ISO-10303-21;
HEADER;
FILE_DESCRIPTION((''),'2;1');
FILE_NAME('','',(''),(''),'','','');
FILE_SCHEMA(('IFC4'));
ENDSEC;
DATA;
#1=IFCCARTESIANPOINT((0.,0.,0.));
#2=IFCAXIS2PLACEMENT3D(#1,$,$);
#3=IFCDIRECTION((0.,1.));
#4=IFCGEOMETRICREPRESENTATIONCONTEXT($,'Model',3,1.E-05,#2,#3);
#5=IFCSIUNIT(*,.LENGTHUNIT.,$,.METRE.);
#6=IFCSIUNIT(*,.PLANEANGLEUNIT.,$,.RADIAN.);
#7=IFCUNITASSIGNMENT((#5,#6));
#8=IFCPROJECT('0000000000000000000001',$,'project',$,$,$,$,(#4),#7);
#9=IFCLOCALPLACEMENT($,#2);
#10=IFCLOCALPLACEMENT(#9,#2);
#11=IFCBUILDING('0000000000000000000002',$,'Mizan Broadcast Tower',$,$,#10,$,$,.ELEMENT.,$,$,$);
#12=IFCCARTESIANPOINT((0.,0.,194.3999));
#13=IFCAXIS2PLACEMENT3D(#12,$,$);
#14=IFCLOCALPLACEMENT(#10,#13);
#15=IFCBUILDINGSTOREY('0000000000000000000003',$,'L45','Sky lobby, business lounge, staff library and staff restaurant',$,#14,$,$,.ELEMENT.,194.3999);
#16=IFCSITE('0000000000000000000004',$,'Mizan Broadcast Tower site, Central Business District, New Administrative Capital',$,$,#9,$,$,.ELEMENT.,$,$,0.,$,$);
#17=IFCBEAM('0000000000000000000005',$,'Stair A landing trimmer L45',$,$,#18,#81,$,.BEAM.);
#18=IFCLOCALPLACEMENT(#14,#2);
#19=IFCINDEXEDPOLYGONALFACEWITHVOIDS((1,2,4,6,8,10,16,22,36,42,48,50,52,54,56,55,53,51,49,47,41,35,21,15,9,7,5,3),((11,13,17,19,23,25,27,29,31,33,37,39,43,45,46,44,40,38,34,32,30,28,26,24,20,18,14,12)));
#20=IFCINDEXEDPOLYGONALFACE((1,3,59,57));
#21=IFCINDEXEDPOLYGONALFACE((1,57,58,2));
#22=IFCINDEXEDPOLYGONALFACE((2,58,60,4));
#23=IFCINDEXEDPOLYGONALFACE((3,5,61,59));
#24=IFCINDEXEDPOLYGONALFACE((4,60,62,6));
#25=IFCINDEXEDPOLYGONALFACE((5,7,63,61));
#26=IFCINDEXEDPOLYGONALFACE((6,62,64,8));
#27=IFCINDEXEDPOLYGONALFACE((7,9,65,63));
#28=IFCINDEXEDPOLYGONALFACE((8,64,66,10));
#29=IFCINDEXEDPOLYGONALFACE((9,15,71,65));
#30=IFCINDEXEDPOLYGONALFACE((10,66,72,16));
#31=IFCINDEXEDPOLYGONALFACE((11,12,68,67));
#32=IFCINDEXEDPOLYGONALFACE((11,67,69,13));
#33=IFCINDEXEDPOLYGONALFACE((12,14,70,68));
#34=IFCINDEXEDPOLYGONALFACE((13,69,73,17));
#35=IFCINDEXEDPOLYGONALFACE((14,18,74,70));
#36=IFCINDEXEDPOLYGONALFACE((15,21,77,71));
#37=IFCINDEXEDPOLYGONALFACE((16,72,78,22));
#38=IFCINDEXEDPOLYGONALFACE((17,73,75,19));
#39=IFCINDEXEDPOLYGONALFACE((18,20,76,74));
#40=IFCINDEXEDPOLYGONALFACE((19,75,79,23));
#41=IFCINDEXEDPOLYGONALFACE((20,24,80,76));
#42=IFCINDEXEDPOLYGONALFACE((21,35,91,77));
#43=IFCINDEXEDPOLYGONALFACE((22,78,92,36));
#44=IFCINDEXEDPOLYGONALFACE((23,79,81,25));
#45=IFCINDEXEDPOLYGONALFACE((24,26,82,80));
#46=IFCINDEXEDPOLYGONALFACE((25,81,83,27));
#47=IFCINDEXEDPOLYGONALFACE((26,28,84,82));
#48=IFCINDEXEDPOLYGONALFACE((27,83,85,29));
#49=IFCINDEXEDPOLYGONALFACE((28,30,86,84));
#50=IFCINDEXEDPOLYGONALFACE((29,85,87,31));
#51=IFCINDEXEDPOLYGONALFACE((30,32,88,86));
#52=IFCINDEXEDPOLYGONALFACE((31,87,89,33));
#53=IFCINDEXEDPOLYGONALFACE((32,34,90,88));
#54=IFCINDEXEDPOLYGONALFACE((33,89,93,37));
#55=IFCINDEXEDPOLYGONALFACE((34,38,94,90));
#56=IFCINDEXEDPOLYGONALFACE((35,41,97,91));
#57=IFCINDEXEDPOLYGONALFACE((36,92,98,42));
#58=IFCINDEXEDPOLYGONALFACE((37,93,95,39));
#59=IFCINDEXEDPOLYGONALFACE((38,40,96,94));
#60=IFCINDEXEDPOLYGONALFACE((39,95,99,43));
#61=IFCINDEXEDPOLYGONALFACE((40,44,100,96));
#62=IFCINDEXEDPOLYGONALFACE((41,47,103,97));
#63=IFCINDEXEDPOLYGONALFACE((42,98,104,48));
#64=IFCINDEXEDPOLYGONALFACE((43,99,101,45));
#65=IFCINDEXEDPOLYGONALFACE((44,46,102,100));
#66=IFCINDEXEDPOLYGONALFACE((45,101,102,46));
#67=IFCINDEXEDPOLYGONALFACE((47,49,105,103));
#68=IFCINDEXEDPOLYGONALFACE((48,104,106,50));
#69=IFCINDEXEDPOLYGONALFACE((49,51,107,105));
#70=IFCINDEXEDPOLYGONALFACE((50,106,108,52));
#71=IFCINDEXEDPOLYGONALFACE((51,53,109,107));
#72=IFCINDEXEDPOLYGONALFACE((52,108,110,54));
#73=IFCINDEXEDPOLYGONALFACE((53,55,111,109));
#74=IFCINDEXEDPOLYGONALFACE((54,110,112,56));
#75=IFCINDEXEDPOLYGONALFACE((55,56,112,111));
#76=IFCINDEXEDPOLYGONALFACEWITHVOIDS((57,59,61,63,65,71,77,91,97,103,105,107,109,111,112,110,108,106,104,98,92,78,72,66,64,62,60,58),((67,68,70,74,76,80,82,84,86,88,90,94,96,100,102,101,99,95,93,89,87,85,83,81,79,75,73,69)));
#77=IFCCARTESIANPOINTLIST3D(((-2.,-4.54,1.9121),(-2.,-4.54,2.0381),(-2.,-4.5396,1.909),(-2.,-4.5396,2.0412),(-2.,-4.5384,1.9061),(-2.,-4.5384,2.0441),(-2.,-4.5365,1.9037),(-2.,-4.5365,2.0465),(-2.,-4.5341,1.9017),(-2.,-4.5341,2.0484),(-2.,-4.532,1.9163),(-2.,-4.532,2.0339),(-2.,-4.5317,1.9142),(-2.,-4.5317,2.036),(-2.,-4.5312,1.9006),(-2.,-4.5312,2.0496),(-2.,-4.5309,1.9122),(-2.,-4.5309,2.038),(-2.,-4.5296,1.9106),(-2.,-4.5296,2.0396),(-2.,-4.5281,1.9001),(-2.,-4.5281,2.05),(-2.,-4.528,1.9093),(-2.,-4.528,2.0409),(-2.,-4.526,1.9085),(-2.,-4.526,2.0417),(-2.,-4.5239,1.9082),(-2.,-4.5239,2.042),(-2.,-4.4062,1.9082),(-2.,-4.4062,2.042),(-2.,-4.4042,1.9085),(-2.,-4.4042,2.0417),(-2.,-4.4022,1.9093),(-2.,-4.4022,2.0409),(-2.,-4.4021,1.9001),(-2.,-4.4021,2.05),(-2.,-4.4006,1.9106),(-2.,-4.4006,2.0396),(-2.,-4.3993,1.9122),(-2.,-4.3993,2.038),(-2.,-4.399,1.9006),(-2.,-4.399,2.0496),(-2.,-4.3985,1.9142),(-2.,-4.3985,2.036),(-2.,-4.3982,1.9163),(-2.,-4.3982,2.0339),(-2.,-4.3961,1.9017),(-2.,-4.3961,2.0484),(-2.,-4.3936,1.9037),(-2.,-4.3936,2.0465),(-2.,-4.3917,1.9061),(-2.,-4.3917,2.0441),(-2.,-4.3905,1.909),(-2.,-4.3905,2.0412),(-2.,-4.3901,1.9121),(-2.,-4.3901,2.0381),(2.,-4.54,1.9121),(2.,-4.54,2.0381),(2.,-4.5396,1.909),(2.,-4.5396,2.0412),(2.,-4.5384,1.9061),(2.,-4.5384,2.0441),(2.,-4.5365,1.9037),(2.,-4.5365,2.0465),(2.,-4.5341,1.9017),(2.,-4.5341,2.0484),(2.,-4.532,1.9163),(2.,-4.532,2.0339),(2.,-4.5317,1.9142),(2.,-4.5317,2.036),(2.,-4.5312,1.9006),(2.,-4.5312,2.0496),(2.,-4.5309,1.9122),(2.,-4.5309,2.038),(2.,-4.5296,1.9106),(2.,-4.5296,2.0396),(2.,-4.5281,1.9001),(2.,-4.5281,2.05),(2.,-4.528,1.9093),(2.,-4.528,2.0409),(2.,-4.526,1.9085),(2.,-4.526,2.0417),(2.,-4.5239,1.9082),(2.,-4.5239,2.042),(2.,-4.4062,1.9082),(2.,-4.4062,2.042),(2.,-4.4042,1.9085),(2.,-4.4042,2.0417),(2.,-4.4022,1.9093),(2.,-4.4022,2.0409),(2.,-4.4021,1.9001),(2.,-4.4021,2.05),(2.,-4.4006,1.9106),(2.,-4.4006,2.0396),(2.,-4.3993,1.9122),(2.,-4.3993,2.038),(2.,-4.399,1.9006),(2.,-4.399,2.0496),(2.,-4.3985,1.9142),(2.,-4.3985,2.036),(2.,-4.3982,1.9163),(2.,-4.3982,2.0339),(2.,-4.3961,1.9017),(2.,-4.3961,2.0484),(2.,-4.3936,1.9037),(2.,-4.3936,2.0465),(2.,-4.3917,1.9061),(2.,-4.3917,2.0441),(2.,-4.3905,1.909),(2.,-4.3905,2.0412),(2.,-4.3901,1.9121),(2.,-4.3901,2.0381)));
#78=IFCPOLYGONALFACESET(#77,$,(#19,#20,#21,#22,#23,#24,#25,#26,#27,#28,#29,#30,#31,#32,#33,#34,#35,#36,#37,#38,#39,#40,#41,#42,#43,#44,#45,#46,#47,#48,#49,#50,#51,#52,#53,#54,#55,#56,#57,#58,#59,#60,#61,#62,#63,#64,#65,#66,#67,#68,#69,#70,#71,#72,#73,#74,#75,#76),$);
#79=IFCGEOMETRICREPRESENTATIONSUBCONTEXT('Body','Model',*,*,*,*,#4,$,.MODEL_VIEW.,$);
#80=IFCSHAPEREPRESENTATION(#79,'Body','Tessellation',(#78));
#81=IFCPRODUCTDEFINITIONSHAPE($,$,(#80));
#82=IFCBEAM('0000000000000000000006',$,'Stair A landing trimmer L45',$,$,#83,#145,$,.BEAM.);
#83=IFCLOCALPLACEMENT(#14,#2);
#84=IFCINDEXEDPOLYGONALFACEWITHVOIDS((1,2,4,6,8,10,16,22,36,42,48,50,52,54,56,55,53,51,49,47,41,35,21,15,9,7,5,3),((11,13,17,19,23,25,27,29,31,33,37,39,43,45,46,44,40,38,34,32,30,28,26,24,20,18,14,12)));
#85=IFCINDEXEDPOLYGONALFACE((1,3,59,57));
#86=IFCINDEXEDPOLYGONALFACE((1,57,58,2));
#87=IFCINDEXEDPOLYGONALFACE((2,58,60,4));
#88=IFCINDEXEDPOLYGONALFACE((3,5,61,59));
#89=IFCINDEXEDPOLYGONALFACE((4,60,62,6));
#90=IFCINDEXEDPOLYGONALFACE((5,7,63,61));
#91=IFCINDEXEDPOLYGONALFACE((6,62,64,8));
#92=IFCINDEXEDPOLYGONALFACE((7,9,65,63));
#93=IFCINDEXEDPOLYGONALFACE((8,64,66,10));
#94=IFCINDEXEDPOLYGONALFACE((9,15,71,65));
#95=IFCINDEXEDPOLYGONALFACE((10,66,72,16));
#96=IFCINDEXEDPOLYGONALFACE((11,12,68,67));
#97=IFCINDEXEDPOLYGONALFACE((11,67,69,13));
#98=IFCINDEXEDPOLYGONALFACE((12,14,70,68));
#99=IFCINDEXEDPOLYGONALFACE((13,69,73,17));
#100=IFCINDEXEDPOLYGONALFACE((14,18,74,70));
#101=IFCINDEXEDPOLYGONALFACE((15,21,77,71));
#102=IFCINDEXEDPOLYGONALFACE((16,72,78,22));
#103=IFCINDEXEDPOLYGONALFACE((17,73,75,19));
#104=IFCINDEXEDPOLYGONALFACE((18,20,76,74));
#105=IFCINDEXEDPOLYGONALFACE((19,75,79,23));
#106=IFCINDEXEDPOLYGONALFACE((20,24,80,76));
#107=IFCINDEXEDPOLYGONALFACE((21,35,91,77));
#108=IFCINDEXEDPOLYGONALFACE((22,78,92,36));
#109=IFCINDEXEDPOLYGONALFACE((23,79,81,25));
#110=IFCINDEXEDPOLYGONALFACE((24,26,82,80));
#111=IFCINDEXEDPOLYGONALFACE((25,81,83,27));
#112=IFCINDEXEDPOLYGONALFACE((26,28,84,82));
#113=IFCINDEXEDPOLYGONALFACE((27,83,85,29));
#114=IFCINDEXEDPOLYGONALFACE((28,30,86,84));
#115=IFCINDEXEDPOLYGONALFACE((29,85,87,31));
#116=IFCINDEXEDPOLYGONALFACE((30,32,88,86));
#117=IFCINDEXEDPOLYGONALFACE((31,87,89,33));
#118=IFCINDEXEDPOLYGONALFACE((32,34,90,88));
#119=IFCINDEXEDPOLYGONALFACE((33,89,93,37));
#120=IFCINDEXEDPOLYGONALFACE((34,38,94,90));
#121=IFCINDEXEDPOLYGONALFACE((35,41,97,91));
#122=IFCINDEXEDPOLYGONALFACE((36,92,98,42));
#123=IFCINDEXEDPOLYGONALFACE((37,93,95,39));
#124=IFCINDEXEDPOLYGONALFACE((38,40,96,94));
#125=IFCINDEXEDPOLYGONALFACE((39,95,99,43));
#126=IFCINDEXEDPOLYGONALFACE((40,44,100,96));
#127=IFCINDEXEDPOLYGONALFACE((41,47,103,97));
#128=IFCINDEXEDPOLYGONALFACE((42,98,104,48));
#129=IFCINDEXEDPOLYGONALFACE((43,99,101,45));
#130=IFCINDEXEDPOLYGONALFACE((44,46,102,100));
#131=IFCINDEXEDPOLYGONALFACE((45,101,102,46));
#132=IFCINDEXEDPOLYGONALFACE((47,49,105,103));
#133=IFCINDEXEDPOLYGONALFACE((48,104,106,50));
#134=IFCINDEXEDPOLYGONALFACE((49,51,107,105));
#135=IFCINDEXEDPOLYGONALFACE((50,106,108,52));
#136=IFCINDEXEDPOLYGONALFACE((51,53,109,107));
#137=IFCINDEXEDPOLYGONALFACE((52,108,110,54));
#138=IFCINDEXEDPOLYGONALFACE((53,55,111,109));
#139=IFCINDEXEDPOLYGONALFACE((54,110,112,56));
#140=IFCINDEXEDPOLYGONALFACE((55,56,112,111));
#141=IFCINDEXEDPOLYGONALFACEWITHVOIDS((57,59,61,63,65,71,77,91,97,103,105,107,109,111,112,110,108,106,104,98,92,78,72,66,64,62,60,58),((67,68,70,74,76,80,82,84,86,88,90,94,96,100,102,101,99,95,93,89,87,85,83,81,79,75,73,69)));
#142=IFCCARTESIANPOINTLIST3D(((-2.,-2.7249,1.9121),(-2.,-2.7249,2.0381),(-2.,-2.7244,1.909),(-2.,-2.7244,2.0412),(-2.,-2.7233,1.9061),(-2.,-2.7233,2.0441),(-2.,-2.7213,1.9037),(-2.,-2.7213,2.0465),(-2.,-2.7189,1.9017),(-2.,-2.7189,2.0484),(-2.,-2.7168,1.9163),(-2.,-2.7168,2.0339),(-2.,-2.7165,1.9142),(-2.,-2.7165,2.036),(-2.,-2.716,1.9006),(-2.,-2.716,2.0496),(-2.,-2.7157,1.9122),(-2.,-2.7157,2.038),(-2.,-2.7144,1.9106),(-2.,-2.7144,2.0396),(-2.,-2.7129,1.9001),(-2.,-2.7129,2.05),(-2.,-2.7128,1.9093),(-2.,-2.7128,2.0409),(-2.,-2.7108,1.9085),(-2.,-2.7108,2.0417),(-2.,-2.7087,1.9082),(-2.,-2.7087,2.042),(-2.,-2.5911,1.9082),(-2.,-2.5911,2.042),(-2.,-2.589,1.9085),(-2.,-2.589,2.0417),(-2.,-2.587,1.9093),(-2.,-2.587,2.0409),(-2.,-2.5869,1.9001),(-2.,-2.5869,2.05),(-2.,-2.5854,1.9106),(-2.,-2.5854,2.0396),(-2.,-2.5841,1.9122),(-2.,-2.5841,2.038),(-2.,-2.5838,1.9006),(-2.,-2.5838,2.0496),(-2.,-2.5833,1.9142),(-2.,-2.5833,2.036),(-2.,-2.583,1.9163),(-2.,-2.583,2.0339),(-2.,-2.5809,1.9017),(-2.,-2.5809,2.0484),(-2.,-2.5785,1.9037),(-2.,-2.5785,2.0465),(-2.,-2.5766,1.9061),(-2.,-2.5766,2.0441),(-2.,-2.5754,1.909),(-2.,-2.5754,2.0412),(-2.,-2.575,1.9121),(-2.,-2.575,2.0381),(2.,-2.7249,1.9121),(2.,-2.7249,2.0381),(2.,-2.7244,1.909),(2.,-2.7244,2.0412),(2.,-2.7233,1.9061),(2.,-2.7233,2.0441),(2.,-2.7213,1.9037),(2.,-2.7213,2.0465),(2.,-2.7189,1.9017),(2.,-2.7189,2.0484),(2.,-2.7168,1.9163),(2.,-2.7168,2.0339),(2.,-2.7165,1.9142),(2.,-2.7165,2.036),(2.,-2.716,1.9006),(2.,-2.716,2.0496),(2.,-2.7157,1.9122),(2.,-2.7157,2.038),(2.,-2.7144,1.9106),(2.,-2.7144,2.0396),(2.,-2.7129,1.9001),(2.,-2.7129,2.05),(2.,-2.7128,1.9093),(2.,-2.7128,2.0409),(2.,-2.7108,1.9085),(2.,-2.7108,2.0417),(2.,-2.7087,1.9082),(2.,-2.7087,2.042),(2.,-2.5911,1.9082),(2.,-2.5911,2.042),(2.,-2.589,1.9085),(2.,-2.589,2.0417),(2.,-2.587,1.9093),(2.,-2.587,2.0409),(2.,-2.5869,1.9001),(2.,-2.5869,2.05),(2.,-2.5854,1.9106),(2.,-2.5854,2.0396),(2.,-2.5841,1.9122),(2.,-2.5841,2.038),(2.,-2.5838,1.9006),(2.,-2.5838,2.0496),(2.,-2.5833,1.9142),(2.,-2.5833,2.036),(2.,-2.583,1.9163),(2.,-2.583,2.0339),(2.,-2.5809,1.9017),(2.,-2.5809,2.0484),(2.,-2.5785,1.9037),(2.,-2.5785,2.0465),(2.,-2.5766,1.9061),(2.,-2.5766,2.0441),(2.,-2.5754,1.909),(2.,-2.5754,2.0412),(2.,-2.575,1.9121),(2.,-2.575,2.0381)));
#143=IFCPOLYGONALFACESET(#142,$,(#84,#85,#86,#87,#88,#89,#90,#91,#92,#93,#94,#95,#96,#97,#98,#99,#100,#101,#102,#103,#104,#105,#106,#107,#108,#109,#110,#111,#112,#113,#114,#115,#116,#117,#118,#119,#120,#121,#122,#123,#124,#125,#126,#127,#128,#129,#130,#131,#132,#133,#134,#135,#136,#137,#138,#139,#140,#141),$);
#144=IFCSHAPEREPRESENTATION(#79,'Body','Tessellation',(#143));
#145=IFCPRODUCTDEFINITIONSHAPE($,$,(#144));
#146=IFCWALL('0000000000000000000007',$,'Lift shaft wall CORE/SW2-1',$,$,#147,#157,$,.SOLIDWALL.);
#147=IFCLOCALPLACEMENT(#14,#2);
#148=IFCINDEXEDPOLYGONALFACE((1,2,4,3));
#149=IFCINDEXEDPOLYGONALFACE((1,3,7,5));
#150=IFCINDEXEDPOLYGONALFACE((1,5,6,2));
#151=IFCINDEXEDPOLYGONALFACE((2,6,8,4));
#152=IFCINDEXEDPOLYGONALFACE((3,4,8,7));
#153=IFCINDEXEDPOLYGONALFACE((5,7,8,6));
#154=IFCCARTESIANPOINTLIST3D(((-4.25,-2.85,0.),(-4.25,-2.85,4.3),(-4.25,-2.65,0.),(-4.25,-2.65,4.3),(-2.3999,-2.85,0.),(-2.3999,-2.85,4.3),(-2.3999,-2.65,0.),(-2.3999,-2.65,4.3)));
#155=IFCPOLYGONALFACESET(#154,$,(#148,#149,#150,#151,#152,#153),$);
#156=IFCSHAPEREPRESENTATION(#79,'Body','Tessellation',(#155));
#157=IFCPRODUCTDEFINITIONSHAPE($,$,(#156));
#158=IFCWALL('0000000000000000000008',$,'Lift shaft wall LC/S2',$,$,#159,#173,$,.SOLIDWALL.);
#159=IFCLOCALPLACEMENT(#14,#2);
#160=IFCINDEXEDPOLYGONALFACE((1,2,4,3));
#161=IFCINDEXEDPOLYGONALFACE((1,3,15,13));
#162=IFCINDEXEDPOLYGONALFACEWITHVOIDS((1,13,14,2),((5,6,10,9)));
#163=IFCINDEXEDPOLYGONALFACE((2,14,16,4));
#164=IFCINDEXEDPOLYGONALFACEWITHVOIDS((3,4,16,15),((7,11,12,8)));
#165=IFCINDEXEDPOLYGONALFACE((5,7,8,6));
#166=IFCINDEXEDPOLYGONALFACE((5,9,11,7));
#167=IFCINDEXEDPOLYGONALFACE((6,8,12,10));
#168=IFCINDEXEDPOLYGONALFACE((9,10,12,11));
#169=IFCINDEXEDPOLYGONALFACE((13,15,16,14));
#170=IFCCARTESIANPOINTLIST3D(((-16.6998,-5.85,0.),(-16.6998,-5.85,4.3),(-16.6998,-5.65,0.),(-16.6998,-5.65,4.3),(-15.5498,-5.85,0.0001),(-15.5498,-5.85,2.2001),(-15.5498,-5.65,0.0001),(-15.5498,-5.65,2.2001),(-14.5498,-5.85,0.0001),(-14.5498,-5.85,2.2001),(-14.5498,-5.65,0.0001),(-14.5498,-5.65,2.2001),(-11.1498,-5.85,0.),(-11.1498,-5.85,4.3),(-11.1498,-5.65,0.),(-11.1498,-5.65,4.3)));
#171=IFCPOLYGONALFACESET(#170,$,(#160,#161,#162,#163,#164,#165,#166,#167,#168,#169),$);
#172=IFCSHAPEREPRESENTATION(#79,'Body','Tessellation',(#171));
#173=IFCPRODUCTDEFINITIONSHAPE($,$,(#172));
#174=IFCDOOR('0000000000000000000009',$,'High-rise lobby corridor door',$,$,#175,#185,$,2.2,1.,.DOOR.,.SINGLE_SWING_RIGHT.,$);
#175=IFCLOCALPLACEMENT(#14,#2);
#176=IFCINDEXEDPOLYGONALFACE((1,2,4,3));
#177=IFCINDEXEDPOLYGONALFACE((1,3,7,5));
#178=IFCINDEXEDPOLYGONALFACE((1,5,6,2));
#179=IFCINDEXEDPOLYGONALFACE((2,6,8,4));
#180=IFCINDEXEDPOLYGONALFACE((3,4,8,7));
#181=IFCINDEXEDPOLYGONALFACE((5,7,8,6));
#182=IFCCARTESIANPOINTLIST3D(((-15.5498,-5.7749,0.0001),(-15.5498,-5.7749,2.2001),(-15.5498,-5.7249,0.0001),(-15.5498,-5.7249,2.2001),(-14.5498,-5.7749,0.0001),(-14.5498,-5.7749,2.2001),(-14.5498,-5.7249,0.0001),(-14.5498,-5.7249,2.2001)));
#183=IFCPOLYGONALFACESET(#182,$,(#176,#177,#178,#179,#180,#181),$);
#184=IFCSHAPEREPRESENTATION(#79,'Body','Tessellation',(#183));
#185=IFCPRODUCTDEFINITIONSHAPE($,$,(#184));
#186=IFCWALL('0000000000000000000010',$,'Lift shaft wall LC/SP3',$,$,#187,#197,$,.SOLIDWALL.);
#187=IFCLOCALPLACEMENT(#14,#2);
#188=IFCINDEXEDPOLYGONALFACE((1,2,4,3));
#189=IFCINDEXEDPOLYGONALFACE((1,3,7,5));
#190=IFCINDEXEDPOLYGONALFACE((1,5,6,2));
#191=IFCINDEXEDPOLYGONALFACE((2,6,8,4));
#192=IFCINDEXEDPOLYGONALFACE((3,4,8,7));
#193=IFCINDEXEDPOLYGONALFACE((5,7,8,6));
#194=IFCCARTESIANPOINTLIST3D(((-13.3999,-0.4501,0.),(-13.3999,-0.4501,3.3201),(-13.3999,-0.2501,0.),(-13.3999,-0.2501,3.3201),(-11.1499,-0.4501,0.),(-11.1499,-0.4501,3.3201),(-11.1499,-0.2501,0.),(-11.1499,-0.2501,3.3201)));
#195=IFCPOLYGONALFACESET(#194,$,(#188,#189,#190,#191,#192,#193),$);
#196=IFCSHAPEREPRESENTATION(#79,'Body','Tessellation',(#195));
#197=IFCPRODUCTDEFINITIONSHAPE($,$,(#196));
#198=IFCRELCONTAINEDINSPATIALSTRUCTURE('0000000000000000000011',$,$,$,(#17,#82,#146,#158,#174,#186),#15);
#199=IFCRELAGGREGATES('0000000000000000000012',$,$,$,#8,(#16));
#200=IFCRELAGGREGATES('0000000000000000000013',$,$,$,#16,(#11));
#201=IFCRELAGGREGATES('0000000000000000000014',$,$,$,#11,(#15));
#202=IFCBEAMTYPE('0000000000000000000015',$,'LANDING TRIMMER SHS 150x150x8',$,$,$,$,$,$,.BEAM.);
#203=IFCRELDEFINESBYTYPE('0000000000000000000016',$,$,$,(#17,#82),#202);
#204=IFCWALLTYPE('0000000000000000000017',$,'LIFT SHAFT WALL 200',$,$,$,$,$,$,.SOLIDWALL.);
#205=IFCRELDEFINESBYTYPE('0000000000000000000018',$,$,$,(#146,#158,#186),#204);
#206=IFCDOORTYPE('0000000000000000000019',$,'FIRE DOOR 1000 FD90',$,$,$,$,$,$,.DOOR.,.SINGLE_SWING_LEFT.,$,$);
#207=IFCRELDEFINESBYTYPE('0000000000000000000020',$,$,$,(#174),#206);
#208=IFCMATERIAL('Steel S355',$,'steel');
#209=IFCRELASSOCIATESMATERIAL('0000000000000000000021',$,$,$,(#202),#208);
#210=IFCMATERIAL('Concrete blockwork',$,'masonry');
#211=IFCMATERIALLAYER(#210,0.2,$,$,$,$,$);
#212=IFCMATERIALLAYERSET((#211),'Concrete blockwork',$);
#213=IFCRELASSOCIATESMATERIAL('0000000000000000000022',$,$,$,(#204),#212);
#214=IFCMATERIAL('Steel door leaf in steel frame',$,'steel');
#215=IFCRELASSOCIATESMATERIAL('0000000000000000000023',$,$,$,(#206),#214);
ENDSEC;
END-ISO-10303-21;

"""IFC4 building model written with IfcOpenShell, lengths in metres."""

from ifc_helpers import new_model, si_unit, direction, frame, frame_2d, origin, origin_2d, place, context, subcontext, project, spatial, rectangle, hollow_rectangle, extrude, material, layer, layer_set, material_profile, profile_set, type_object, element, fill, save


model = new_model("IFC4")

# Units and contexts
model_context = context("Model", 3, precision=1e-05, world=origin(), true_north=direction((0.0, 1.0)))
body_context = subcontext(model_context, "Body", "Model", "MODEL_VIEW")
ifc_project = project(units=[si_unit("LENGTHUNIT", "METRE"), si_unit("PLANEANGLEUNIT", "RADIAN")], contexts=[model_context])

# Site, building, storey
site_placement = place(None, origin())
site = spatial("IfcSite", under=ifc_project, at=site_placement, Name="Mizan Broadcast Tower site, Central Business District, New Administrative Capital", CompositionType="ELEMENT", RefElevation=0.0)
building_placement = place(site_placement, origin())
building = spatial("IfcBuilding", under=site, at=building_placement, Name="Mizan Broadcast Tower", CompositionType="ELEMENT")
storey_placement = place(building_placement, frame((0.0, 0.0, 194.3999)))
storey = spatial("IfcBuildingStorey", under=building, at=storey_placement, Name="L45", Description="Sky lobby, business lounge, staff library and staff restaurant", CompositionType="ELEMENT", Elevation=194.3999)

# Beams
ifc_material_1 = material(Name="Steel S355", Category="steel")
ifc_material_profile = material_profile(ifc_material_1, hollow_rectangle(XDim=0.1499, YDim=0.1499, WallThickness=0.0081, InnerFilletRadius=0.0081, OuterFilletRadius=0.012, at=origin_2d()), Name="SHS 150x150x8")
ifc_profile_set = profile_set([ifc_material_profile], Name="Steel S355")
beam_type = type_object("IfcBeamType", Name="LANDING TRIMMER SHS 150x150x8", PredefinedType="BEAM", material=ifc_profile_set)
for number, where, z_axis, x_axis, name in (
    (1, (-2.0, -4.4651, 1.9751), (1.0, 0.0, 0.0), (0.0, 1.0, 0.0), "Stair A landing trimmer L45"),
    (2, (-2.0, -2.6499, 1.9751), (1.0, 0.0, 0.0), (0.0, 1.0, 0.0), "Stair A landing trimmer L45"),
):
    element("IfcBeam", number, at=place(storey_placement, frame(where, z_axis=z_axis, x_axis=x_axis)), inside=storey, type_object=beam_type, Name=name, PredefinedType="BEAM", context=body_context, shape_type="SweptSolid", body=[
        extrude(hollow_rectangle(XDim=0.1499, YDim=0.1499, WallThickness=0.0081, InnerFilletRadius=0.0081, OuterFilletRadius=0.012, at=origin_2d()), origin(), (0.0, 0.0, 1.0), 4.0),
    ])

# Wall
ifc_material_2 = material(Name="Concrete blockwork", Category="masonry")
ifc_layer_1 = layer(ifc_material_2, 0.2)
ifc_layer_set_1 = layer_set([ifc_layer_1], Name="Concrete blockwork")
wall_type_1 = type_object("IfcWallType", Name="LIFT SHAFT WALL 200", PredefinedType="SOLIDWALL", material=ifc_layer_set_1)
wall_1_placement = place(storey_placement, frame((-4.25, -2.75, 0.0), z_axis=(0.0, 0.0, 1.0), x_axis=(1.0, 0.0, 0.0)))
element("IfcWall", 3, at=wall_1_placement, inside=storey, type_object=wall_type_1, Name="Lift shaft wall CORE/SW2-1", PredefinedType="SOLIDWALL", context=body_context, shape_type="SweptSolid", body=[
    extrude(rectangle(XDim=1.8501, YDim=0.2, at=frame_2d((0.925, 0.0))), origin(), (0.0, 0.0, 1.0), 4.3),
])

# Wall, opening, door
wall_2_placement = place(storey_placement, frame((-11.1499, -5.75, 0.0), z_axis=(0.0, 0.0, 1.0), x_axis=(-1.0, 0.0, 0.0)))
wall_2 = element("IfcWall", 4, at=wall_2_placement, inside=storey, type_object=wall_type_1, Name="Lift shaft wall LC/S2", PredefinedType="SOLIDWALL", context=body_context, shape_type="SweptSolid", body=[
    extrude(rectangle(XDim=5.55, YDim=0.2, at=frame_2d((2.7749, 0.0))), origin(), (0.0, 0.0, 1.0), 4.3),
])
opening_1_placement = place(wall_2_placement, frame((3.3999, 0.0, 0.0)))
opening_1 = element("IfcOpeningElement", 5, at=opening_1_placement, cuts=wall_2, PredefinedType="OPENING", context=body_context, shape_type="SweptSolid", body=[
    extrude(rectangle(XDim=1.0, YDim=2.2, at=frame_2d((0.5, 1.1001))), frame((0.0, 0.1099, 0.0), z_axis=(0.0, -1.0, 0.0), x_axis=(1.0, 0.0, 0.0)), (0.0, 0.0, 1.0), 0.22),
])
ifc_material_3 = material(Name="Steel door leaf in steel frame", Category="steel")
door_type_1 = type_object("IfcDoorType", Name="FIRE DOOR 1000 FD90", OperationType="SINGLE_SWING_LEFT", PredefinedType="DOOR", material=ifc_material_3)
door_1_placement = place(opening_1_placement, origin())
door_1 = element("IfcDoor", 6, at=door_1_placement, inside=storey, type_object=door_type_1, Name="High-rise lobby corridor door", OperationType="SINGLE_SWING_RIGHT", OverallHeight=2.2, OverallWidth=1.0, PredefinedType="DOOR", context=body_context, shape_type="SweptSolid", body=[
    extrude(rectangle(XDim=1.0, YDim=2.2, at=frame_2d((0.5, 1.1001))), frame((0.0, 0.0249, 0.0), z_axis=(0.0, -1.0, 0.0), x_axis=(1.0, 0.0, 0.0)), (0.0, 0.0, 1.0), 0.05),
])
fill(opening_1, door_1)

# Wall
wall_3_placement = place(storey_placement, frame((-11.1499, -0.3501, 0.0), z_axis=(0.0, 0.0, 1.0), x_axis=(-1.0, 0.0, 0.0)))
element("IfcWall", 7, at=wall_3_placement, inside=storey, type_object=wall_type_1, Name="Lift shaft wall LC/SP3", PredefinedType="SOLIDWALL", context=body_context, shape_type="SweptSolid", body=[
    extrude(rectangle(XDim=2.25, YDim=0.2, at=frame_2d((1.125, 0.0))), origin(), (0.0, 0.0, 1.0), 3.3201),
])

save(model, "model.ifc")
